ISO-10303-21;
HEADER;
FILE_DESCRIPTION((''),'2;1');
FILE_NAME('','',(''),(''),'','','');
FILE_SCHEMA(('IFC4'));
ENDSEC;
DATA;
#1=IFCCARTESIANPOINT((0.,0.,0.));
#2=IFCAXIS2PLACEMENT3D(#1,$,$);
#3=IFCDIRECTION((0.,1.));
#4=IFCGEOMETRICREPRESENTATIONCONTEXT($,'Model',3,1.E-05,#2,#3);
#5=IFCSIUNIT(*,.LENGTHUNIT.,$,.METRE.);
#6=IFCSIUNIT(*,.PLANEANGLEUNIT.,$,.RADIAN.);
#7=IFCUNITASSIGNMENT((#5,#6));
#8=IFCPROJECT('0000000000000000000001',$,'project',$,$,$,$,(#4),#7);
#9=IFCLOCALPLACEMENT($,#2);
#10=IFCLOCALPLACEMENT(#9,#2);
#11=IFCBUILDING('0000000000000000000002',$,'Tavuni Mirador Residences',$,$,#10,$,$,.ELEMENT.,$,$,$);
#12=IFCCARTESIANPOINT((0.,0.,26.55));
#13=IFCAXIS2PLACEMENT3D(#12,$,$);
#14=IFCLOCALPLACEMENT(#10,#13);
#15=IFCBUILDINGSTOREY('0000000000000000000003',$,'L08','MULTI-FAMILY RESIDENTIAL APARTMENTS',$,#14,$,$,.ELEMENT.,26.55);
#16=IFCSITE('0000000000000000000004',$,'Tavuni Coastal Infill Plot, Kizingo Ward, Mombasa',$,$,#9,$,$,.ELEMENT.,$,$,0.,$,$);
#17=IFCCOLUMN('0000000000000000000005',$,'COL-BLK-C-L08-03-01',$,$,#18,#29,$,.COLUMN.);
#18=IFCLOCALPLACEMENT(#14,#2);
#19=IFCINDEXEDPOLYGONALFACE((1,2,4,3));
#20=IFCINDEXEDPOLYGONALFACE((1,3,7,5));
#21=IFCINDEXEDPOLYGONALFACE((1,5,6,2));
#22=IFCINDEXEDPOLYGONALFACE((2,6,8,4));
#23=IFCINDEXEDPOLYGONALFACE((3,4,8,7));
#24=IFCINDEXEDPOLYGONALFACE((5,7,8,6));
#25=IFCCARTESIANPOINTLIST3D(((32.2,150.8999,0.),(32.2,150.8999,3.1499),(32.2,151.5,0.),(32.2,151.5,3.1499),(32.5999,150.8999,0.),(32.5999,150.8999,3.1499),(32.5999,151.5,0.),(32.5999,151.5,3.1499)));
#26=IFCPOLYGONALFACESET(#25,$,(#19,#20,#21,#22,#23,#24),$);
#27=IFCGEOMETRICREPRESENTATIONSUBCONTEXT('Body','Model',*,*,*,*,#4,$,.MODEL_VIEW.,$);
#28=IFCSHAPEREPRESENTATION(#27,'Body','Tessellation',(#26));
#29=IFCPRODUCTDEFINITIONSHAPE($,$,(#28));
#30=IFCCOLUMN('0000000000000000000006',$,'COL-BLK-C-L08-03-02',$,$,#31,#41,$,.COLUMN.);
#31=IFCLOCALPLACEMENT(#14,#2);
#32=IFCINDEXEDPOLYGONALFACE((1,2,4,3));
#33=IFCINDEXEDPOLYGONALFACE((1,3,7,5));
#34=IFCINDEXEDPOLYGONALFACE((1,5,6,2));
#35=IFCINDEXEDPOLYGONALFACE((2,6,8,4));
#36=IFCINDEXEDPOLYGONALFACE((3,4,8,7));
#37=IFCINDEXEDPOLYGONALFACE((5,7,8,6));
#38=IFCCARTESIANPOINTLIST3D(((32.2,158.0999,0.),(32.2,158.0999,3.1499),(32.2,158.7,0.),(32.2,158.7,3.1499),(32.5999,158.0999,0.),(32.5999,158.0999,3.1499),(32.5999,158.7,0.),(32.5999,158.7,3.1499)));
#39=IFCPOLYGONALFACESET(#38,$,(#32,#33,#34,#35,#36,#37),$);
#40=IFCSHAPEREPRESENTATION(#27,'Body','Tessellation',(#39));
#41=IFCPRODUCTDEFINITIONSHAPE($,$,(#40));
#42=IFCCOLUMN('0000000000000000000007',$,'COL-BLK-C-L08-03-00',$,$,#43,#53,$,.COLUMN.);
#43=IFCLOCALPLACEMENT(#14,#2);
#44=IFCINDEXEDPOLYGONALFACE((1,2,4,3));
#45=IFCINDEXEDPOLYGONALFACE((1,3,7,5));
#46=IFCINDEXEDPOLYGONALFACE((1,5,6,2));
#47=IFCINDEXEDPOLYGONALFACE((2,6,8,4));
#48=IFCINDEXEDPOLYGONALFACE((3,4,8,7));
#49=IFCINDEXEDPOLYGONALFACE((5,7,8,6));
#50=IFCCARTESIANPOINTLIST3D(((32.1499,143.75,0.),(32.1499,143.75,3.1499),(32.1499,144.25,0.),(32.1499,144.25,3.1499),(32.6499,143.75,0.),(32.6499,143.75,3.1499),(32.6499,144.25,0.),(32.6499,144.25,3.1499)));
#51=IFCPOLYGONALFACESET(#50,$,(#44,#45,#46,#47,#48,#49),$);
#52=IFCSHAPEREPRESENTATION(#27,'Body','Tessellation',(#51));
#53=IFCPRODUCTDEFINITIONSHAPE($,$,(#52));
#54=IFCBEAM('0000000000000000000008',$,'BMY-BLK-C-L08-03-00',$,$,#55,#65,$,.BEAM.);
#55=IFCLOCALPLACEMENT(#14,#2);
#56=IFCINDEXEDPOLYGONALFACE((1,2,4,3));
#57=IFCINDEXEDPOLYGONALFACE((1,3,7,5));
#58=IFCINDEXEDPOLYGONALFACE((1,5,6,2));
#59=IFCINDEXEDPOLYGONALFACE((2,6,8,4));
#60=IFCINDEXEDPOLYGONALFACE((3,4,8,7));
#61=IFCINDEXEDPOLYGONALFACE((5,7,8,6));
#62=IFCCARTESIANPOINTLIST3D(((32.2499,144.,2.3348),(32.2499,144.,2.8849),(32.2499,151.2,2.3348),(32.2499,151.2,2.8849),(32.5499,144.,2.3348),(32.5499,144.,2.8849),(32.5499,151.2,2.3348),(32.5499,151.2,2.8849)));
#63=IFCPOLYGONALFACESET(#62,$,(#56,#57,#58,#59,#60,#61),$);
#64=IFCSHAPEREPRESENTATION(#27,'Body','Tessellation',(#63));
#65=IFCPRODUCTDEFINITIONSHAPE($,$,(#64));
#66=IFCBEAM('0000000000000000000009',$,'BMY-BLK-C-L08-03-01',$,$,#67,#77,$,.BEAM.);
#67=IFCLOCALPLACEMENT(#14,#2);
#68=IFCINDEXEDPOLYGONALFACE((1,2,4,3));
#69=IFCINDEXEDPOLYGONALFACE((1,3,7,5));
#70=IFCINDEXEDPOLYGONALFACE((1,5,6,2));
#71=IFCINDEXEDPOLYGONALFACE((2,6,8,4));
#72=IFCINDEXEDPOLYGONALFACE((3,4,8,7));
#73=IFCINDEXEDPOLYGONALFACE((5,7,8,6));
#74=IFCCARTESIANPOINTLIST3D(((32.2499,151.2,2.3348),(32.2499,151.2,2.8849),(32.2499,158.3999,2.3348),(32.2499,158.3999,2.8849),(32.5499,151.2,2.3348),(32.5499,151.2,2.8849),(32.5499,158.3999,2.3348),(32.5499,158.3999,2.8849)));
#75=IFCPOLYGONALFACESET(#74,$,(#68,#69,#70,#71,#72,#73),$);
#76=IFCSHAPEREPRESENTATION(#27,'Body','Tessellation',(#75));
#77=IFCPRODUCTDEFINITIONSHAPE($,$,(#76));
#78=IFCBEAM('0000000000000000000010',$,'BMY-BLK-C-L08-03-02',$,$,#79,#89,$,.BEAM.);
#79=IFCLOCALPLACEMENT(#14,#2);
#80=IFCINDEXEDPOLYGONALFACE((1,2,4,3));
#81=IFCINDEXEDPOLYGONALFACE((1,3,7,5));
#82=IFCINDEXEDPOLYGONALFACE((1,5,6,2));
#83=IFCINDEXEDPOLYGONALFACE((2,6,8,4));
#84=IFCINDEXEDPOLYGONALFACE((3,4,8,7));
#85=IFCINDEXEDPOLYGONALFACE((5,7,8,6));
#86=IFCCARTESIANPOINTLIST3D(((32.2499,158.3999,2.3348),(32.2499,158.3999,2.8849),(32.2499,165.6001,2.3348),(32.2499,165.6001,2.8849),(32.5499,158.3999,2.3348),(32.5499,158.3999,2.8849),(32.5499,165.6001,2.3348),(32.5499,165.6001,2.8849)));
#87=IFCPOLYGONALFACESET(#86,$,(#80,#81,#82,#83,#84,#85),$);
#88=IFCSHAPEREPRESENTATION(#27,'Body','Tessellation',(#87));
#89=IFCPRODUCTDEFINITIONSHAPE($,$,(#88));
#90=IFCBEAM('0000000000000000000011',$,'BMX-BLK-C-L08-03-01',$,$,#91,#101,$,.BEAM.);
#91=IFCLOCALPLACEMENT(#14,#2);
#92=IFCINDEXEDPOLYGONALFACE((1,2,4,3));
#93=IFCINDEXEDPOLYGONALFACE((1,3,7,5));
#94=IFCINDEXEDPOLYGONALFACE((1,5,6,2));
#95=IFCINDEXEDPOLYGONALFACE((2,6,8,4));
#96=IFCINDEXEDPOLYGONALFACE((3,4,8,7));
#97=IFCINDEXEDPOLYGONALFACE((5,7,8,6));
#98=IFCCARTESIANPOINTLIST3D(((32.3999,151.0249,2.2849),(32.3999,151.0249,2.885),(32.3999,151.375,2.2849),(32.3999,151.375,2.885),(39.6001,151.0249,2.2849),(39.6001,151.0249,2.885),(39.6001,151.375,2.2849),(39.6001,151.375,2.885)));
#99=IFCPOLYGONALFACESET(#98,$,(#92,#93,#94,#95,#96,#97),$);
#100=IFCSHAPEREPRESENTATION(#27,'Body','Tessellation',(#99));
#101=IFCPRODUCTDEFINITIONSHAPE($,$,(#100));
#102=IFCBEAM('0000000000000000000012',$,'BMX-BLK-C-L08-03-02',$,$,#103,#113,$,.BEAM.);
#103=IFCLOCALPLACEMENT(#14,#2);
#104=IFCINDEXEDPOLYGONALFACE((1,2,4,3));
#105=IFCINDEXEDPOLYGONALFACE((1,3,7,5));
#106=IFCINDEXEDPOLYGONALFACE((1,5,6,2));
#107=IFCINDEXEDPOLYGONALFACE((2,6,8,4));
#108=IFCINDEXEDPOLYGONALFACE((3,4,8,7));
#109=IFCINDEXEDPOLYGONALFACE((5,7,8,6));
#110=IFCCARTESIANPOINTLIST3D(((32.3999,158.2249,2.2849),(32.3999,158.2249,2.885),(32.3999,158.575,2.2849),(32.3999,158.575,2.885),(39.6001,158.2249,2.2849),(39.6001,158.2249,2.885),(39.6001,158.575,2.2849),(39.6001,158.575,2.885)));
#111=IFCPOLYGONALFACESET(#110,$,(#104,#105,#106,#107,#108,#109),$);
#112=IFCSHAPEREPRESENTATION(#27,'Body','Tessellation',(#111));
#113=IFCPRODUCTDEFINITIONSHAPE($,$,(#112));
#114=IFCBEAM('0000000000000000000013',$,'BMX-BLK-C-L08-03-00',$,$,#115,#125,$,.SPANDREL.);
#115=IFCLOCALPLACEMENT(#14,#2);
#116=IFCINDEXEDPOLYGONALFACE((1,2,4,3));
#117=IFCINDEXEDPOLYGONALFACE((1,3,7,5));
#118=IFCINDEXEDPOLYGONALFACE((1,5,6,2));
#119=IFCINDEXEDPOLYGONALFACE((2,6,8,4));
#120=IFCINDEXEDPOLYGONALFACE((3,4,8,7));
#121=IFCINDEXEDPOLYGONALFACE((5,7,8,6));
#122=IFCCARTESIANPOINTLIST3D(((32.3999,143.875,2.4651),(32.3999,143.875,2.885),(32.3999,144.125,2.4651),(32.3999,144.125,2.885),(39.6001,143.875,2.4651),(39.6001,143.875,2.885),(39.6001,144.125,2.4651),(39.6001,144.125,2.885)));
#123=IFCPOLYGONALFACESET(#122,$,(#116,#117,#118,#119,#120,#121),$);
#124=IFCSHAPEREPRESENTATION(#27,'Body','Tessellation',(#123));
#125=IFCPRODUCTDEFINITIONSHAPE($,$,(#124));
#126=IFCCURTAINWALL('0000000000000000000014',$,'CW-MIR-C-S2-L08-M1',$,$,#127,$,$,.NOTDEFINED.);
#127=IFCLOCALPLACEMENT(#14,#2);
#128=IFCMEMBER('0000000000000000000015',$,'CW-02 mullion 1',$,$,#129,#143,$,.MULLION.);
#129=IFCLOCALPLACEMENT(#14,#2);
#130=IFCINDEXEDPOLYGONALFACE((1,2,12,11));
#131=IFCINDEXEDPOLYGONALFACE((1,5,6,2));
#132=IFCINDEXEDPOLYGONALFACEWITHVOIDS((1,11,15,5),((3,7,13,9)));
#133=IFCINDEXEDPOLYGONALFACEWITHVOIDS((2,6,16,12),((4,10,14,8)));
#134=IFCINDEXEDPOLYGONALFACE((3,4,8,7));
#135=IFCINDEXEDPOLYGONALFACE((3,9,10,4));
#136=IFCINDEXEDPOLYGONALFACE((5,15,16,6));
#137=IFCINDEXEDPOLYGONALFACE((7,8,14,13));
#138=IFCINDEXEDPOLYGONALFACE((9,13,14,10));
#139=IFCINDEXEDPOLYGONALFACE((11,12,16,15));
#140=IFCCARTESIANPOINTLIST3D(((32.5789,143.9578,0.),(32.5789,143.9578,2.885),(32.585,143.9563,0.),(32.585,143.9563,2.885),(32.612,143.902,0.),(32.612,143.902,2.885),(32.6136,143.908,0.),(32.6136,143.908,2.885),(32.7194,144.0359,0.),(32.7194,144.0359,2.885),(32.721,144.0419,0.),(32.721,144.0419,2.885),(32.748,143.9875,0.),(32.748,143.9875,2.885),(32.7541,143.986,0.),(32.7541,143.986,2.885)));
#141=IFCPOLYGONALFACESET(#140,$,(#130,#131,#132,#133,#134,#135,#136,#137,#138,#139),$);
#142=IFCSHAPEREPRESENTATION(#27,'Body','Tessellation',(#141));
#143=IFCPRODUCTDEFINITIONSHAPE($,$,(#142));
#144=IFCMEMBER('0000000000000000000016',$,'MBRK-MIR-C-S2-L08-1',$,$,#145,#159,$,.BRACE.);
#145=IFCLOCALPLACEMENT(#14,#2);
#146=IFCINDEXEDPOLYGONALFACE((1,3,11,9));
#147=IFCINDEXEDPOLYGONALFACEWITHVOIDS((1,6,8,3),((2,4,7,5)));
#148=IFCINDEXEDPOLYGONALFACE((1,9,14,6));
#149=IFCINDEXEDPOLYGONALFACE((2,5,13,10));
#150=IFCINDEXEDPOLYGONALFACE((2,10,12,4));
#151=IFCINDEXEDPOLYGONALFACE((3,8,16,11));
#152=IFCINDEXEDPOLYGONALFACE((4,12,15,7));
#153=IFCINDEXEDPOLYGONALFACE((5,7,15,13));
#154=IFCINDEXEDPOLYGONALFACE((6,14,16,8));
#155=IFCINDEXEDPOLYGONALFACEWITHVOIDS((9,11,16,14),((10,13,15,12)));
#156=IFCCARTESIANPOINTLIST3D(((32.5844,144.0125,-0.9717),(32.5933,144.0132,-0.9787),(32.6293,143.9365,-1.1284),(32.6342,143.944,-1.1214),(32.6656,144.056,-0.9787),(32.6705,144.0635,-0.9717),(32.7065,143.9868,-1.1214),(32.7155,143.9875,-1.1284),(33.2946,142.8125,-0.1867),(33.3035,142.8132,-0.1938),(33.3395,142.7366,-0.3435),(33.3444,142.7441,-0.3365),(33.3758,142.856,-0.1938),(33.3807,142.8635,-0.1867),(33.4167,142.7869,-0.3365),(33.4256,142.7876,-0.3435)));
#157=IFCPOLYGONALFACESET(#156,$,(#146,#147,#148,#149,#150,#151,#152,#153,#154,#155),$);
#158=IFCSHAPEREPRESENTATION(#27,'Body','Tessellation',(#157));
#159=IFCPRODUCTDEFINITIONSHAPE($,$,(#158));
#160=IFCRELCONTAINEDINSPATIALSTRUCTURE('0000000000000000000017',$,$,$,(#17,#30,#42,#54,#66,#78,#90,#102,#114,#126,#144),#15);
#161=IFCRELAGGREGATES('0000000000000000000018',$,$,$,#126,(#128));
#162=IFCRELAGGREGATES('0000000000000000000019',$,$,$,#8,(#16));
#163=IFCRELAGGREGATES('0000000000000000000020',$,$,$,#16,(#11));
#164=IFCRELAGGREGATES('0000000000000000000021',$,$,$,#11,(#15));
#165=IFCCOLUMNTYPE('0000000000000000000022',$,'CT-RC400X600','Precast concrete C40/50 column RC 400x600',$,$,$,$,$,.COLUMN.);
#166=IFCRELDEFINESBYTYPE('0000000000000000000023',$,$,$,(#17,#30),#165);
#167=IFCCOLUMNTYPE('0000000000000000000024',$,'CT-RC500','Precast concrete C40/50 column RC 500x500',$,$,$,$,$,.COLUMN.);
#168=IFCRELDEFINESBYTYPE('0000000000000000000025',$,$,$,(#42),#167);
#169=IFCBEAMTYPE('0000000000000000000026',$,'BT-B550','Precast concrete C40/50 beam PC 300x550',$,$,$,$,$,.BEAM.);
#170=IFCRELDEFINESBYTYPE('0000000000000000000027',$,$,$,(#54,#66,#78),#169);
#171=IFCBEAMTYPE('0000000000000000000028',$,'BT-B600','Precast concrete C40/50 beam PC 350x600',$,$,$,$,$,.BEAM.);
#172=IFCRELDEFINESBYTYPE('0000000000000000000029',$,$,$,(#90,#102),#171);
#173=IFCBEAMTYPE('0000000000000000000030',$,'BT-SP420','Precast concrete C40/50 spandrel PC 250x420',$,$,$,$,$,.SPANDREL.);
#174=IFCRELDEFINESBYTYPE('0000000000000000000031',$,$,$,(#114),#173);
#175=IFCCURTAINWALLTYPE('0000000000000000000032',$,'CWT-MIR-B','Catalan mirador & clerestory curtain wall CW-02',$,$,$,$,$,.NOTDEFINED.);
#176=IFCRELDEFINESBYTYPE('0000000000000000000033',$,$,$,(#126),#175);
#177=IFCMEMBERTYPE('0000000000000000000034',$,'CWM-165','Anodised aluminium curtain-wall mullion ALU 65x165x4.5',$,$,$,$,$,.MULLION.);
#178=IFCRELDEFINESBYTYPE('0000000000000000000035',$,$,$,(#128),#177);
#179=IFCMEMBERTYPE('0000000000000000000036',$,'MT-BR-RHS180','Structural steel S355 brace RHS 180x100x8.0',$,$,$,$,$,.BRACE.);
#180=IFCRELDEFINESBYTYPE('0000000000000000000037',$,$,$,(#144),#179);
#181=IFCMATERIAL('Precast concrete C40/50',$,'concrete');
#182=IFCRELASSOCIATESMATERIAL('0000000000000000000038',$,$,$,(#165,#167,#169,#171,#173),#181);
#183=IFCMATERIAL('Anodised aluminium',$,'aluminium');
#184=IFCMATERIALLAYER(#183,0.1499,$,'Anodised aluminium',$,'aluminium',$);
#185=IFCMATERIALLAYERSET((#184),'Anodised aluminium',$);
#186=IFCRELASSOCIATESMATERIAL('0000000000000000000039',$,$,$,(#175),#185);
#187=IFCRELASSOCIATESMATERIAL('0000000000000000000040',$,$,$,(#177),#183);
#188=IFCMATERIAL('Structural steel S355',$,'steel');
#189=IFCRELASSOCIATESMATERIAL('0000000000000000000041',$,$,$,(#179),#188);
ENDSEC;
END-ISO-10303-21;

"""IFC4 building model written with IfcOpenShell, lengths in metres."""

from ifc_helpers import new_model, si_unit, direction, frame, origin, origin_2d, place, context, subcontext, project, spatial, rectangle, hollow_rectangle, extrude, material, layer, layer_set, material_profile, profile_set, type_object, element, aggregate, save


model = new_model("IFC4")

# Units and contexts
model_context = context("Model", 3, precision=1e-05, world=origin(), true_north=direction((0.0, 1.0)))
body_context = subcontext(model_context, "Body", "Model", "MODEL_VIEW")
ifc_project = project(units=[si_unit("LENGTHUNIT", "METRE"), si_unit("PLANEANGLEUNIT", "RADIAN")], contexts=[model_context])

# Site, building, storey
site_placement = place(None, origin())
site = spatial("IfcSite", under=ifc_project, at=site_placement, Name="Tavuni Coastal Infill Plot, Kizingo Ward, Mombasa", CompositionType="ELEMENT", RefElevation=0.0)
building_placement = place(site_placement, origin())
building = spatial("IfcBuilding", under=site, at=building_placement, Name="Tavuni Mirador Residences", CompositionType="ELEMENT")
storey_placement = place(building_placement, frame((0.0, 0.0, 26.55)))
storey = spatial("IfcBuildingStorey", under=building, at=storey_placement, Name="L08", Description="MULTI-FAMILY RESIDENTIAL APARTMENTS", CompositionType="ELEMENT", Elevation=26.55)

# Columns
ifc_material_1 = material(Name="Precast concrete C40/50", Category="concrete")
ifc_material_profile_1 = material_profile(ifc_material_1, rectangle(XDim=0.3999, YDim=0.6001, at=origin_2d()), Name="RC 400x600", Category="concrete")
ifc_profile_set_1 = profile_set([ifc_material_profile_1], Name="Precast concrete C40/50")
column_type_1 = type_object("IfcColumnType", Name="CT-RC400X600", Description="Precast concrete C40/50 column RC 400x600", PredefinedType="COLUMN", material=ifc_profile_set_1)
for number, where, z_axis, x_axis, name in (
    (1, (32.3999, 151.2, 0.0), (0.0, 0.0, 1.0), (1.0, 0.0, 0.0), "COL-BLK-C-L08-03-01"),
    (2, (32.3999, 158.3999, 0.0), (0.0, 0.0, 1.0), (1.0, 0.0, 0.0), "COL-BLK-C-L08-03-02"),
):
    element("IfcColumn", number, at=place(storey_placement, frame(where, z_axis=z_axis, x_axis=x_axis)), inside=storey, type_object=column_type_1, Name=name, PredefinedType="COLUMN", context=body_context, shape_type="SweptSolid", body=[
        extrude(rectangle(XDim=0.3999, YDim=0.6001, at=origin_2d()), origin(), (0.0, 0.0, 1.0), 3.1499),
    ])
ifc_material_profile_2 = material_profile(ifc_material_1, rectangle(XDim=0.5, YDim=0.5, at=origin_2d()), Name="RC 500x500", Category="concrete")
ifc_profile_set_2 = profile_set([ifc_material_profile_2], Name="Precast concrete C40/50")
column_type_2 = type_object("IfcColumnType", Name="CT-RC500", Description="Precast concrete C40/50 column RC 500x500", PredefinedType="COLUMN", material=ifc_profile_set_2)
column_placement = place(storey_placement, frame((32.3999, 144.0, 0.0), z_axis=(0.0, 0.0, 1.0), x_axis=(1.0, 0.0, 0.0)))
element("IfcColumn", 3, at=column_placement, inside=storey, type_object=column_type_2, Name="COL-BLK-C-L08-03-00", PredefinedType="COLUMN", context=body_context, shape_type="SweptSolid", body=[
    extrude(rectangle(XDim=0.5, YDim=0.5, at=origin_2d()), origin(), (0.0, 0.0, 1.0), 3.1499),
])

# Beams
ifc_material_profile_3 = material_profile(ifc_material_1, rectangle(XDim=0.3, YDim=0.55, at=origin_2d()), Name="PC 300x550", Category="concrete")
ifc_profile_set_3 = profile_set([ifc_material_profile_3], Name="Precast concrete C40/50")
beam_type_1 = type_object("IfcBeamType", Name="BT-B550", Description="Precast concrete C40/50 beam PC 300x550", PredefinedType="BEAM", material=ifc_profile_set_3)
for number, where, z_axis, x_axis, name in (
    (4, (32.3999, 144.0, 2.6099), (0.0, 1.0, 0.0), (-1.0, 0.0, 0.0), "BMY-BLK-C-L08-03-00"),
    (5, (32.3999, 151.2, 2.6099), (0.0, 1.0, 0.0), (-1.0, 0.0, 0.0), "BMY-BLK-C-L08-03-01"),
):
    element("IfcBeam", number, at=place(storey_placement, frame(where, z_axis=z_axis, x_axis=x_axis)), inside=storey, type_object=beam_type_1, Name=name, PredefinedType="BEAM", context=body_context, shape_type="SweptSolid", body=[
        extrude(rectangle(XDim=0.3, YDim=0.55, at=origin_2d()), origin(), (0.0, 0.0, 1.0), 7.2),
    ])
beam_1_placement = place(storey_placement, frame((32.3999, 158.3999, 2.6099), z_axis=(0.0, 1.0, 0.0), x_axis=(-1.0, 0.0, 0.0)))
element("IfcBeam", 6, at=beam_1_placement, inside=storey, type_object=beam_type_1, Name="BMY-BLK-C-L08-03-02", PredefinedType="BEAM", context=body_context, shape_type="SweptSolid", body=[
    extrude(rectangle(XDim=0.3, YDim=0.55, at=origin_2d()), origin(), (0.0, 0.0, 1.0), 7.2002),
])
ifc_material_profile_4 = material_profile(ifc_material_1, rectangle(XDim=0.3501, YDim=0.6001, at=origin_2d()), Name="PC 350x600", Category="concrete")
ifc_profile_set_4 = profile_set([ifc_material_profile_4], Name="Precast concrete C40/50")
beam_type_2 = type_object("IfcBeamType", Name="BT-B600", Description="Precast concrete C40/50 beam PC 350x600", PredefinedType="BEAM", material=ifc_profile_set_4)
for number, where, z_axis, x_axis, name in (
    (7, (32.3999, 151.2, 2.585), (1.0, 0.0, 0.0), (0.0, 1.0, 0.0), "BMX-BLK-C-L08-03-01"),
    (8, (32.3999, 158.3999, 2.585), (1.0, 0.0, 0.0), (0.0, 1.0, 0.0), "BMX-BLK-C-L08-03-02"),
):
    element("IfcBeam", number, at=place(storey_placement, frame(where, z_axis=z_axis, x_axis=x_axis)), inside=storey, type_object=beam_type_2, Name=name, PredefinedType="BEAM", context=body_context, shape_type="SweptSolid", body=[
        extrude(rectangle(XDim=0.3501, YDim=0.6001, at=origin_2d()), origin(), (0.0, 0.0, 1.0), 7.2002),
    ])
ifc_material_profile_5 = material_profile(ifc_material_1, rectangle(XDim=0.25, YDim=0.4199, at=origin_2d()), Name="PC 250x420", Category="concrete")
ifc_profile_set_5 = profile_set([ifc_material_profile_5], Name="Precast concrete C40/50")
beam_type_3 = type_object("IfcBeamType", Name="BT-SP420", Description="Precast concrete C40/50 spandrel PC 250x420", PredefinedType="SPANDREL", material=ifc_profile_set_5)
beam_2_placement = place(storey_placement, frame((32.3999, 144.0, 2.675), z_axis=(1.0, 0.0, 0.0), x_axis=(0.0, 1.0, 0.0)))
element("IfcBeam", 9, at=beam_2_placement, inside=storey, type_object=beam_type_3, Name="BMX-BLK-C-L08-03-00", PredefinedType="SPANDREL", context=body_context, shape_type="SweptSolid", body=[
    extrude(rectangle(XDim=0.25, YDim=0.4199, at=origin_2d()), origin(), (0.0, 0.0, 1.0), 7.2002),
])

# Curtain wall, member
ifc_material_2 = material(Name="Anodised aluminium", Category="aluminium")
ifc_layer_1 = layer(ifc_material_2, 0.1499, Name="Anodised aluminium", Category="aluminium")
ifc_layer_set_1 = layer_set([ifc_layer_1], Name="Anodised aluminium")
curtain_wall_type = type_object("IfcCurtainWallType", Name="CWT-MIR-B", Description="Catalan mirador & clerestory curtain wall CW-02", PredefinedType="NOTDEFINED", material=ifc_layer_set_1)
curtain_wall_placement = place(storey_placement, origin())
curtain_wall = element("IfcCurtainWall", 10, at=curtain_wall_placement, inside=storey, type_object=curtain_wall_type, Name="CW-MIR-C-S2-L08-M1", PredefinedType="NOTDEFINED")
ifc_material_profile_6 = material_profile(ifc_material_2, hollow_rectangle(XDim=0.0649, YDim=0.165, WallThickness=0.0044, at=origin_2d()), Name="ALU 65x165x4.5", Category="aluminium")
ifc_profile_set_6 = profile_set([ifc_material_profile_6], Name="Anodised aluminium")
member_type_1 = type_object("IfcMemberType", Name="CWM-165", Description="Anodised aluminium curtain-wall mullion ALU 65x165x4.5", PredefinedType="MULLION", material=ifc_profile_set_6)
member_1_placement = place(storey_placement, frame((32.6665, 143.9719, 0.0), z_axis=(0.0, 0.0, 1.0), x_axis=(0.509212, -0.860641, 0.0)))
member_1 = element("IfcMember", 11, at=member_1_placement, type_object=member_type_1, Name="CW-02 mullion 1", PredefinedType="MULLION", context=body_context, shape_type="SweptSolid", body=[
    extrude(hollow_rectangle(XDim=0.0649, YDim=0.165, WallThickness=0.0044, at=origin_2d()), origin(), (0.0, 0.0, 1.0), 2.885),
])
aggregate(curtain_wall, [member_1])

# Member
ifc_material_3 = material(Name="Structural steel S355", Category="steel")
ifc_material_profile_7 = material_profile(ifc_material_3, hollow_rectangle(XDim=0.1001, YDim=0.1799, WallThickness=0.0081, at=origin_2d()), Name="RHS 180x100x8.0", Category="steel")
ifc_profile_set_7 = profile_set([ifc_material_profile_7], Name="Structural steel S355")
member_type_2 = type_object("IfcMemberType", Name="MT-BR-RHS180", Description="Structural steel S355 brace RHS 180x100x8.0", PredefinedType="BRACE", material=ifc_profile_set_7)
member_2_placement = place(storey_placement, frame((32.6499, 144.0, -1.05), z_axis=(0.443847, -0.749917, 0.490535), x_axis=(0.860567, 0.509337, 0.0)))
element("IfcMember", 12, at=member_2_placement, inside=storey, type_object=member_type_2, Name="MBRK-MIR-C-S2-L08-1", PredefinedType="BRACE", context=body_context, shape_type="SweptSolid", body=[
    extrude(hollow_rectangle(XDim=0.1001, YDim=0.1799, WallThickness=0.0081, at=origin_2d()), origin(), (0.0, 0.0, 1.0), 1.6001),
])

save(model, "model.ifc")
